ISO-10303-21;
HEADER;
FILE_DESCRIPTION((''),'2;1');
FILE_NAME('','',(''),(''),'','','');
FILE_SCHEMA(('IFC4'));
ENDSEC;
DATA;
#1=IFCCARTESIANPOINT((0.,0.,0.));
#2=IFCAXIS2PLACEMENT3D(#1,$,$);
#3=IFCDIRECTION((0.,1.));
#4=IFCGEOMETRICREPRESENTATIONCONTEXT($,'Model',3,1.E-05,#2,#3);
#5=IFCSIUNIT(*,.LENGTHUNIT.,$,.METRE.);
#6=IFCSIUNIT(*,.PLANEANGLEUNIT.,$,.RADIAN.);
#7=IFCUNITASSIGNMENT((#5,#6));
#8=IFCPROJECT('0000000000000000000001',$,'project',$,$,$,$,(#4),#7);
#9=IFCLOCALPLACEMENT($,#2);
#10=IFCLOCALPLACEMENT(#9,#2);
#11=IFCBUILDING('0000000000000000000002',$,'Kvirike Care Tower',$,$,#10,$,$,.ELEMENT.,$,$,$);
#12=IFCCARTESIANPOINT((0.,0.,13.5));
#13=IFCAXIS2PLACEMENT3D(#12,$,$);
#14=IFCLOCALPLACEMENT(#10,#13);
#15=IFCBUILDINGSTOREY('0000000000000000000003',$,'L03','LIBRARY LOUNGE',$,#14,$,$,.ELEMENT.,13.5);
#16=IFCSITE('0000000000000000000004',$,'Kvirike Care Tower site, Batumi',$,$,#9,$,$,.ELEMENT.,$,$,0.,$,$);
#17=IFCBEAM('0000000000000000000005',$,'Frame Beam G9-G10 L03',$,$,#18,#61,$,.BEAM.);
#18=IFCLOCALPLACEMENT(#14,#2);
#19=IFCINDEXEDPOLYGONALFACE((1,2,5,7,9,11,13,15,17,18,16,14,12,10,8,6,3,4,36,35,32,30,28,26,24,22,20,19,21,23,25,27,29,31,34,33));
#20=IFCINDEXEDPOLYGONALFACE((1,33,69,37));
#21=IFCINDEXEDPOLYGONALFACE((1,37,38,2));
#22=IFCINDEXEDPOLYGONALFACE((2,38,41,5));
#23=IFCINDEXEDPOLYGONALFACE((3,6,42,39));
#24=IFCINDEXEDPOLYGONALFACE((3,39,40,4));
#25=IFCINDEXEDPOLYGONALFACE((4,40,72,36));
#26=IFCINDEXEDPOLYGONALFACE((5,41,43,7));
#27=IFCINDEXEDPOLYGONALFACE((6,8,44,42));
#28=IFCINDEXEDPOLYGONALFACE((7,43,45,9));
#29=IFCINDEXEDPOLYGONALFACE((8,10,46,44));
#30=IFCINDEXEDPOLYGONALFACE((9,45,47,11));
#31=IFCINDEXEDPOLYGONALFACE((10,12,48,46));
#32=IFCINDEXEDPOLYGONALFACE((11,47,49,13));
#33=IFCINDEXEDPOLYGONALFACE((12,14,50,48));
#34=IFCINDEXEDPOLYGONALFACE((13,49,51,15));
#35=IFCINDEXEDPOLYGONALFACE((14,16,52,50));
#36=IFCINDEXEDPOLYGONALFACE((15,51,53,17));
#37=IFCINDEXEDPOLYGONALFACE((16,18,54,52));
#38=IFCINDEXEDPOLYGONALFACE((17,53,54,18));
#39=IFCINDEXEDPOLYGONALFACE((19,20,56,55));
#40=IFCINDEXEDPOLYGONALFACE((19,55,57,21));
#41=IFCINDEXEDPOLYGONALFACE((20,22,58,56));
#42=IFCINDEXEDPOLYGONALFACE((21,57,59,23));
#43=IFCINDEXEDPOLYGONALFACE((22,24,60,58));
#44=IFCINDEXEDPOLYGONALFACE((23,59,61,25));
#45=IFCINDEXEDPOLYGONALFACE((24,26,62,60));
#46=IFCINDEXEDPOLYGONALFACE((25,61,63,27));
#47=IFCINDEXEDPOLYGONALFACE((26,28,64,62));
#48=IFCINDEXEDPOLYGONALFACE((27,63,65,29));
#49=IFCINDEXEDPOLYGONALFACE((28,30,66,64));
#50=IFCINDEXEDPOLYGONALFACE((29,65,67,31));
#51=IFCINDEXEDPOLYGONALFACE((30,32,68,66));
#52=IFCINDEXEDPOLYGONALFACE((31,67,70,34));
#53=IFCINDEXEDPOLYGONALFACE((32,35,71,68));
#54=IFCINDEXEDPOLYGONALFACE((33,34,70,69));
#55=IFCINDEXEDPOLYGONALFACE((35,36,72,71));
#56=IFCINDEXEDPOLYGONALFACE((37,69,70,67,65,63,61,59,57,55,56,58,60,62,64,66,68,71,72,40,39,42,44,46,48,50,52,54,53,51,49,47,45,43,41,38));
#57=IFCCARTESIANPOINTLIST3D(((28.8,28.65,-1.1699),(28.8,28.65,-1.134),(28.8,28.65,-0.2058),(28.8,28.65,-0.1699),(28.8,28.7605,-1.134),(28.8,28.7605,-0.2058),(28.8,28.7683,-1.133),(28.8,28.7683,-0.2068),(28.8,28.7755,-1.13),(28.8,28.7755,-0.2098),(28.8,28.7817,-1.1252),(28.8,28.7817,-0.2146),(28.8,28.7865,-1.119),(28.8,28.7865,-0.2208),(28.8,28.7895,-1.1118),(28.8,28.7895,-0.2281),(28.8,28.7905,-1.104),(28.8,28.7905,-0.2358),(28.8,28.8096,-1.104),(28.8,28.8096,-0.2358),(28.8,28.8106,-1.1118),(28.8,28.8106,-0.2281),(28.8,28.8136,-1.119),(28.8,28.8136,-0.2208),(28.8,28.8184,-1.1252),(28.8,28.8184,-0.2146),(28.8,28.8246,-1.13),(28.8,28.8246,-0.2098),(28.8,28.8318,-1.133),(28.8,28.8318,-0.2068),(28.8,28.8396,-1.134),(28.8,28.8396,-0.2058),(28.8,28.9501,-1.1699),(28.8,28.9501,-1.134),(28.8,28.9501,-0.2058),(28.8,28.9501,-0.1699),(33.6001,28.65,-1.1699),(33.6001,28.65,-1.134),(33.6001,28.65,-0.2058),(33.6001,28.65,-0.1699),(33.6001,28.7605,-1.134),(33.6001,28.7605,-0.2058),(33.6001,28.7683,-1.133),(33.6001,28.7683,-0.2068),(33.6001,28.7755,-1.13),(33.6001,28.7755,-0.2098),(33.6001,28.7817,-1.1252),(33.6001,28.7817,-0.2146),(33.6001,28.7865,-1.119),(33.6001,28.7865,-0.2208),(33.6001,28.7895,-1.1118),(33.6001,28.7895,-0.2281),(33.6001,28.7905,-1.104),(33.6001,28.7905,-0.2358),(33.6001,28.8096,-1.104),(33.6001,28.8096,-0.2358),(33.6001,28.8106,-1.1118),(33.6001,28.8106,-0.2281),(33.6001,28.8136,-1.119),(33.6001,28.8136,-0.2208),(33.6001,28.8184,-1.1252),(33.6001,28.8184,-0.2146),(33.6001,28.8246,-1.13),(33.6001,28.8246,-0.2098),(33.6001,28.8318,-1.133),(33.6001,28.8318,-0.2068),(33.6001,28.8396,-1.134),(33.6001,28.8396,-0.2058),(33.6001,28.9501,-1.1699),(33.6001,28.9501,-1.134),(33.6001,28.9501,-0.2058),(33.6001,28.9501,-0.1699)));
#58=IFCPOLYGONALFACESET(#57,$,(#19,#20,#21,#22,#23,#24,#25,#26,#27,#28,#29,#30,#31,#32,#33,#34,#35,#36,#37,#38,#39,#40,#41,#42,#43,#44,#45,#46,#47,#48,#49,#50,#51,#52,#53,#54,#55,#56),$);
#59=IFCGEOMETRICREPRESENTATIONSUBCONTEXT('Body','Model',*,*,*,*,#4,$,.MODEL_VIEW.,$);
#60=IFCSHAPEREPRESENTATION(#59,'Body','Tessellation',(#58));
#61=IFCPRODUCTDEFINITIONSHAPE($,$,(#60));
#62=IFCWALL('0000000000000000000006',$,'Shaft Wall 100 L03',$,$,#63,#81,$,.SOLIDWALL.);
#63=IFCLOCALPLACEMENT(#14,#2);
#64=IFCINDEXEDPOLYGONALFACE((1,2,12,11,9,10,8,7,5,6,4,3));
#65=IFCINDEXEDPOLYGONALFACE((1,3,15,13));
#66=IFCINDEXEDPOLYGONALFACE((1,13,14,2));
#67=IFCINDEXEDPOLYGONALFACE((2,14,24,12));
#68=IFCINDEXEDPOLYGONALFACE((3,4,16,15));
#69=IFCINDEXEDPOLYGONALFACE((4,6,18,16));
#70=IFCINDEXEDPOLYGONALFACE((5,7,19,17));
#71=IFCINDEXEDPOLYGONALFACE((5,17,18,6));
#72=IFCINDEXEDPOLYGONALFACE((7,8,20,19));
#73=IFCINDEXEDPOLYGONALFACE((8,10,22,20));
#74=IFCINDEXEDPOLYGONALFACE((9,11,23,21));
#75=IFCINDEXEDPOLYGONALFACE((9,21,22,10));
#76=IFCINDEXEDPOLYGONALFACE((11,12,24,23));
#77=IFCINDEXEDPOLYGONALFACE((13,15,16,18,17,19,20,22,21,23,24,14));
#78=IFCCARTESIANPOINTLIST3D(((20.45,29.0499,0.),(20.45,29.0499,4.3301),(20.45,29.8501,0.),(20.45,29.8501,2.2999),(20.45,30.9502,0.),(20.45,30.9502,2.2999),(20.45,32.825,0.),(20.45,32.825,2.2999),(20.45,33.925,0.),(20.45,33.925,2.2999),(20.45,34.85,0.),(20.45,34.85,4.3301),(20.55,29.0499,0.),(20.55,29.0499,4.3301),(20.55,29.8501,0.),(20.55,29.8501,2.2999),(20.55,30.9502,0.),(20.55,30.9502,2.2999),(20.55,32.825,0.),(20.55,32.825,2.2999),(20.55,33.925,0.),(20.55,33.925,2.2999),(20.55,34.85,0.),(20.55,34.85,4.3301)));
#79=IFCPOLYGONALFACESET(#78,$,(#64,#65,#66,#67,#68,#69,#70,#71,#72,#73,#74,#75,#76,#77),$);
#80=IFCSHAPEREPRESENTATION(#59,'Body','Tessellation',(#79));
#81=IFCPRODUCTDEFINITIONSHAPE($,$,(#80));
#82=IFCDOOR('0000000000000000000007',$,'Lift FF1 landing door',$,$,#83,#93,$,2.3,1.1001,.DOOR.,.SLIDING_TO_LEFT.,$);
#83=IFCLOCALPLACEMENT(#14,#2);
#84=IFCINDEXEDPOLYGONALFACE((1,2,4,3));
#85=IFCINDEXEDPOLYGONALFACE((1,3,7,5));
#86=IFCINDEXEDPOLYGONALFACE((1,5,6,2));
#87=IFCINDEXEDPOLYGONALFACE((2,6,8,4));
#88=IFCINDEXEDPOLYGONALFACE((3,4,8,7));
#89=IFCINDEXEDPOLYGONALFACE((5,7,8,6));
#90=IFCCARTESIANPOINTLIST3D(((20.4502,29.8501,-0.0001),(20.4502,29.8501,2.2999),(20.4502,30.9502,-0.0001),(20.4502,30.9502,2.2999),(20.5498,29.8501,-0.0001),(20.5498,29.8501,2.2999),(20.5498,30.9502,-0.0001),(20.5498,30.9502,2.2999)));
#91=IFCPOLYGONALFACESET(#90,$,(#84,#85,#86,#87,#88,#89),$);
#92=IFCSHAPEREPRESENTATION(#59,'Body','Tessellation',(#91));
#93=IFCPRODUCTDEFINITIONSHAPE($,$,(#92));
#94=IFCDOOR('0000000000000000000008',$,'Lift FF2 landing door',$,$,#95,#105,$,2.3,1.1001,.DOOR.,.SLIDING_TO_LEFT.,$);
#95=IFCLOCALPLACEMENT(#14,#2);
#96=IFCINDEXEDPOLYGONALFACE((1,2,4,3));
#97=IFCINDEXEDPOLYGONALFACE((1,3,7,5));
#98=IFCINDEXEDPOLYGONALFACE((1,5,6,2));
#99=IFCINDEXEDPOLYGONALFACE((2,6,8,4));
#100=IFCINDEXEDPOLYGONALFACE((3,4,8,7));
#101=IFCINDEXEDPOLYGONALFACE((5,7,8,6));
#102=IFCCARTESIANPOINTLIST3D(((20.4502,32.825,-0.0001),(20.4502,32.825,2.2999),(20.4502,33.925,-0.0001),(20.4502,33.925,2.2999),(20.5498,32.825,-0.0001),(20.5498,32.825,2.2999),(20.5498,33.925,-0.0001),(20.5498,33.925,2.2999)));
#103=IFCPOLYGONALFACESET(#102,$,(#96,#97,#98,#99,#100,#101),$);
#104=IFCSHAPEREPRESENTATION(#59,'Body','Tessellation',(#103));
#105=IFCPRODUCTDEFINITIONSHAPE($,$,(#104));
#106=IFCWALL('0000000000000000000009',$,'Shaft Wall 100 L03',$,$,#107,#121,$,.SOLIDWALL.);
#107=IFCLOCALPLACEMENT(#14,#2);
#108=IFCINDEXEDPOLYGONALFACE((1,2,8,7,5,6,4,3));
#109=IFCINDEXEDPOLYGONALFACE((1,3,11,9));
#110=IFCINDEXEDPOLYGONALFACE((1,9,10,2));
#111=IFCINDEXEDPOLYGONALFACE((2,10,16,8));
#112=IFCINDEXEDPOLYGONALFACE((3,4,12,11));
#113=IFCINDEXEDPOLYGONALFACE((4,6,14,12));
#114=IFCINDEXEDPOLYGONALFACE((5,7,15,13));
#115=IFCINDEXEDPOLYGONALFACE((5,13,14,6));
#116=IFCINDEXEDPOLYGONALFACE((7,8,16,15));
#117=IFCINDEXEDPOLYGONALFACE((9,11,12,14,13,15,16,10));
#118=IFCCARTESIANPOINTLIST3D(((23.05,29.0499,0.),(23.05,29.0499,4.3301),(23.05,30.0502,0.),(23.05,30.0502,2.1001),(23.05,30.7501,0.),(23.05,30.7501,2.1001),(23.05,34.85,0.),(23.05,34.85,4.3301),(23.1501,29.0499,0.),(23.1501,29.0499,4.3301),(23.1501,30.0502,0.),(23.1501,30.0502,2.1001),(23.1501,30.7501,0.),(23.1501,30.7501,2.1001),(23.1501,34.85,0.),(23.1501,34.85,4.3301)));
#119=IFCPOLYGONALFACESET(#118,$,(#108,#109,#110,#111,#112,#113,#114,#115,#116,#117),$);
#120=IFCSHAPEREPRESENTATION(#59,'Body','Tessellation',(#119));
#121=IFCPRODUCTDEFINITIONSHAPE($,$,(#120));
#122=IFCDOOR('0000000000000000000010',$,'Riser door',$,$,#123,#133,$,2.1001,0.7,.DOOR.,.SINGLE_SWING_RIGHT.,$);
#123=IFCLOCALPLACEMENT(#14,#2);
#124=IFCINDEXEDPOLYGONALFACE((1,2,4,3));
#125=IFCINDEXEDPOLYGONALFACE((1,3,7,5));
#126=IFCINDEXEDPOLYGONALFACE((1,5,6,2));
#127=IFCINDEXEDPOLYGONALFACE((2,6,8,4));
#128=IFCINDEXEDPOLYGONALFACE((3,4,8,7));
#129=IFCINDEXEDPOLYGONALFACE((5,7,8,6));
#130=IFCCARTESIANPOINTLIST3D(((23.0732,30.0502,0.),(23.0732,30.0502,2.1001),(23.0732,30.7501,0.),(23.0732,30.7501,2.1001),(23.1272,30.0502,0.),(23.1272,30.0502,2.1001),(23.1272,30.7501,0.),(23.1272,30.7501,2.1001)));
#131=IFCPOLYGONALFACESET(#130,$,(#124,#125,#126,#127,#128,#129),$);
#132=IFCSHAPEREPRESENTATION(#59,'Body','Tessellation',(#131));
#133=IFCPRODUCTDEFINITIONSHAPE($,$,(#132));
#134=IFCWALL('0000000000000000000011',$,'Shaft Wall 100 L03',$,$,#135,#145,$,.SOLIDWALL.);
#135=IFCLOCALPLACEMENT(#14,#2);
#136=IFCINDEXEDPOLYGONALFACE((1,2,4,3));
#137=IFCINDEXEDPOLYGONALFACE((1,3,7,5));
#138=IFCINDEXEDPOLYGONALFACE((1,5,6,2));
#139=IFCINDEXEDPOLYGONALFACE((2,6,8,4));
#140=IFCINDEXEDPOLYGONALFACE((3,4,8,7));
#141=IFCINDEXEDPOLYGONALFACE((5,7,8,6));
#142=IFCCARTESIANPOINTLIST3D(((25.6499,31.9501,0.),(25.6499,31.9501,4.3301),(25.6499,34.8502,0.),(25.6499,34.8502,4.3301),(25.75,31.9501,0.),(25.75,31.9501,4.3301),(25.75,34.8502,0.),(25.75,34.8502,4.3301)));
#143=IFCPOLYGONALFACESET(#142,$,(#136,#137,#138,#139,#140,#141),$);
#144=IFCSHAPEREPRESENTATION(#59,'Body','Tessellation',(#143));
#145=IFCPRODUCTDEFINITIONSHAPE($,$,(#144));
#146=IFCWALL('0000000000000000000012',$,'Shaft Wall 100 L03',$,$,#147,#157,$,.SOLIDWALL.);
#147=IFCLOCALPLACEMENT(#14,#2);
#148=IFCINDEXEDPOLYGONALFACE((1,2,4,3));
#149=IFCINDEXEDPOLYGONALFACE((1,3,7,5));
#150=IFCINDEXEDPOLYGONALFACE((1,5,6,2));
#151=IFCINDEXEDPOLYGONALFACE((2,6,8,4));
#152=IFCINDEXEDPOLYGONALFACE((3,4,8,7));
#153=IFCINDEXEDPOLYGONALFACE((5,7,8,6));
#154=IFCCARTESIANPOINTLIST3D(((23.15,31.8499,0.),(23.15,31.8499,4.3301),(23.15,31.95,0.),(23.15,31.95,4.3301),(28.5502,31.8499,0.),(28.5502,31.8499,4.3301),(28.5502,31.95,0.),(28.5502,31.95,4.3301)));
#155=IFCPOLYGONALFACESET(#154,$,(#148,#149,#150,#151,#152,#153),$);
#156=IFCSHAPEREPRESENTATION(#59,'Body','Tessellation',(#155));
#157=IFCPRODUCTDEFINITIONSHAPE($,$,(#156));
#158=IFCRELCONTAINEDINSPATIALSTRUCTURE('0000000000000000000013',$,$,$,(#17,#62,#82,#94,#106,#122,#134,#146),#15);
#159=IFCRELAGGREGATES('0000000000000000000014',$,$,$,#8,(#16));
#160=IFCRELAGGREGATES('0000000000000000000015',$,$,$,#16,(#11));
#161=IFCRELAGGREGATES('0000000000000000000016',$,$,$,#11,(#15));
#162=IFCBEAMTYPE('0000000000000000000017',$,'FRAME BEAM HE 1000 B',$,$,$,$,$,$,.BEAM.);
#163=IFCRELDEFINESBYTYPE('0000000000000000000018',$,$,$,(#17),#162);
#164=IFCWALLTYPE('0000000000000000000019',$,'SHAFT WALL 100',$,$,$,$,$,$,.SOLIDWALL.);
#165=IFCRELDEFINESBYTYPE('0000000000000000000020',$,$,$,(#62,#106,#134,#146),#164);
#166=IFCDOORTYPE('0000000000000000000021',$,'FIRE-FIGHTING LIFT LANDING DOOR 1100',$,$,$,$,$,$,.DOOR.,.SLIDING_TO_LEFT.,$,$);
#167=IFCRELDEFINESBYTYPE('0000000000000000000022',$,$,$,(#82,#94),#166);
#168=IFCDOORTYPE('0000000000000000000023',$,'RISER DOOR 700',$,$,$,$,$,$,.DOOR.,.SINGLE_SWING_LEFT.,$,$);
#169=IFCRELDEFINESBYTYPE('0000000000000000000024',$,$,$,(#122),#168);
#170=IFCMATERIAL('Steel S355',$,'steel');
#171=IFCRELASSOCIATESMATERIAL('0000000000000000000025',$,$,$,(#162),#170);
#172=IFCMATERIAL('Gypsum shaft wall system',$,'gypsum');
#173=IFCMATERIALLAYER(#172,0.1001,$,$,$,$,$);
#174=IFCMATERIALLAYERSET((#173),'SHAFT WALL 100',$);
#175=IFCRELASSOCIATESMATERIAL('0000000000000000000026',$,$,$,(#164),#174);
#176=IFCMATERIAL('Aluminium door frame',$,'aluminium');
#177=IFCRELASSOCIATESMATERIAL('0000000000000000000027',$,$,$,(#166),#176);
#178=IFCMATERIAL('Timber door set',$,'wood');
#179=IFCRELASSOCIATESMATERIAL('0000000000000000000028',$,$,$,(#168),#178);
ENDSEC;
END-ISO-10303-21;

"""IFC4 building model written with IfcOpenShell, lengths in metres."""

from ifc_helpers import new_model, si_unit, direction, frame, frame_2d, origin, origin_2d, place, context, subcontext, project, spatial, rectangle, i_section, extrude, material, layer, layer_set, material_profile, profile_set, type_object, element, fill, save


model = new_model("IFC4")

# Units and contexts
model_context = context("Model", 3, precision=1e-05, world=origin(), true_north=direction((0.0, 1.0)))
body_context = subcontext(model_context, "Body", "Model", "MODEL_VIEW")
ifc_project = project(units=[si_unit("LENGTHUNIT", "METRE"), si_unit("PLANEANGLEUNIT", "RADIAN")], contexts=[model_context])

# Site, building, storey
site_placement = place(None, origin())
site = spatial("IfcSite", under=ifc_project, at=site_placement, Name="Kvirike Care Tower site, Batumi", CompositionType="ELEMENT", RefElevation=0.0)
building_placement = place(site_placement, origin())
building = spatial("IfcBuilding", under=site, at=building_placement, Name="Kvirike Care Tower", CompositionType="ELEMENT")
storey_placement = place(building_placement, frame((0.0, 0.0, 13.5)))
storey = spatial("IfcBuildingStorey", under=building, at=storey_placement, Name="L03", Description="LIBRARY LOUNGE", CompositionType="ELEMENT", Elevation=13.5)

# Beam
ifc_material_1 = material(Name="Steel S355", Category="steel")
ifc_material_profile = material_profile(ifc_material_1, i_section(OverallWidth=0.3, OverallDepth=1.0, WebThickness=0.019, FlangeThickness=0.0359, FilletRadius=0.03, at=origin_2d()), Name="HE 1000 B")
ifc_profile_set = profile_set([ifc_material_profile], Name="Steel S355")
beam_type = type_object("IfcBeamType", Name="FRAME BEAM HE 1000 B", PredefinedType="BEAM", material=ifc_profile_set)
beam_placement = place(storey_placement, frame((28.8, 28.8, -0.6699), z_axis=(1.0, 0.0, 0.0), x_axis=(0.0, 1.0, 0.0)))
element("IfcBeam", 1, at=beam_placement, inside=storey, type_object=beam_type, Name="Frame Beam G9-G10 L03", PredefinedType="BEAM", context=body_context, shape_type="SweptSolid", body=[
    extrude(i_section(OverallWidth=0.3, OverallDepth=1.0, WebThickness=0.019, FlangeThickness=0.0359, FilletRadius=0.03, at=origin_2d()), origin(), (0.0, 0.0, 1.0), 4.8),
])

# Wall, openings, doors
ifc_material_2 = material(Name="Gypsum shaft wall system", Category="gypsum")
ifc_layer_1 = layer(ifc_material_2, 0.1001)
ifc_layer_set_1 = layer_set([ifc_layer_1], Name="SHAFT WALL 100")
wall_type_1 = type_object("IfcWallType", Name="SHAFT WALL 100", PredefinedType="SOLIDWALL", material=ifc_layer_set_1)
wall_1_placement = place(storey_placement, frame((20.5, 29.05, 0.0), z_axis=(0.0, 0.0, 1.0), x_axis=(0.0, 1.0, 0.0)))
wall_1 = element("IfcWall", 2, at=wall_1_placement, inside=storey, type_object=wall_type_1, Name="Shaft Wall 100 L03", PredefinedType="SOLIDWALL", context=body_context, shape_type="SweptSolid", body=[
    extrude(rectangle(XDim=5.8, YDim=0.1001, at=frame_2d((2.8999, 0.0))), origin(), (0.0, 0.0, 1.0), 4.3301),
])
opening_1_placement = place(wall_1_placement, frame((0.8, 0.0, 0.0)))
opening_1 = element("IfcOpeningElement", 3, at=opening_1_placement, cuts=wall_1, PredefinedType="OPENING", context=body_context, shape_type="SweptSolid", body=[
    extrude(rectangle(XDim=1.1001, YDim=2.3, at=frame_2d((0.55, 1.1499))), frame((0.0, 0.0605, 0.0), z_axis=(0.0, -1.0, 0.0), x_axis=(1.0, 0.0, 0.0)), (0.0, 0.0, 1.0), 0.1211),
])
opening_2_placement = place(wall_1_placement, frame((3.7749, 0.0, 0.0)))
opening_2 = element("IfcOpeningElement", 4, at=opening_2_placement, cuts=wall_1, PredefinedType="OPENING", context=body_context, shape_type="SweptSolid", body=[
    extrude(rectangle(XDim=1.1001, YDim=2.3, at=frame_2d((0.55, 1.1499))), frame((0.0, 0.0605, 0.0), z_axis=(0.0, -1.0, 0.0), x_axis=(1.0, 0.0, 0.0)), (0.0, 0.0, 1.0), 0.1211),
])
ifc_material_3 = material(Name="Aluminium door frame", Category="aluminium")
door_type_1 = type_object("IfcDoorType", Name="FIRE-FIGHTING LIFT LANDING DOOR 1100", OperationType="SLIDING_TO_LEFT", PredefinedType="DOOR", material=ifc_material_3)
door_1_placement = place(opening_1_placement, origin())
door_1 = element("IfcDoor", 5, at=door_1_placement, inside=storey, type_object=door_type_1, Name="Lift FF1 landing door", OperationType="SLIDING_TO_LEFT", OverallHeight=2.3, OverallWidth=1.1001, PredefinedType="DOOR", context=body_context, shape_type="SweptSolid", body=[
    extrude(rectangle(XDim=1.1001, YDim=2.3, at=frame_2d((0.55, 1.1499))), frame((0.0, 0.0498, 0.0), z_axis=(0.0, -1.0, 0.0), x_axis=(1.0, 0.0, 0.0)), (0.0, 0.0, 1.0), 0.0996),
])
fill(opening_1, door_1)
door_2_placement = place(opening_2_placement, origin())
door_2 = element("IfcDoor", 6, at=door_2_placement, inside=storey, type_object=door_type_1, Name="Lift FF2 landing door", OperationType="SLIDING_TO_LEFT", OverallHeight=2.3, OverallWidth=1.1001, PredefinedType="DOOR", context=body_context, shape_type="SweptSolid", body=[
    extrude(rectangle(XDim=1.1001, YDim=2.3, at=frame_2d((0.55, 1.1499))), frame((0.0, 0.0498, 0.0), z_axis=(0.0, -1.0, 0.0), x_axis=(1.0, 0.0, 0.0)), (0.0, 0.0, 1.0), 0.0996),
])
fill(opening_2, door_2)

# Wall, opening, door
wall_2_placement = place(storey_placement, frame((23.1001, 29.05, 0.0), z_axis=(0.0, 0.0, 1.0), x_axis=(0.0, 1.0, 0.0)))
wall_2 = element("IfcWall", 7, at=wall_2_placement, inside=storey, type_object=wall_type_1, Name="Shaft Wall 100 L03", PredefinedType="SOLIDWALL", context=body_context, shape_type="SweptSolid", body=[
    extrude(rectangle(XDim=5.8, YDim=0.1001, at=frame_2d((2.8999, 0.0))), origin(), (0.0, 0.0, 1.0), 4.3301),
])
opening_3_placement = place(wall_2_placement, frame((1.0, 0.0, 0.0)))
opening_3 = element("IfcOpeningElement", 8, at=opening_3_placement, cuts=wall_2, PredefinedType="OPENING", context=body_context, shape_type="SweptSolid", body=[
    extrude(rectangle(XDim=0.7, YDim=2.1001, at=frame_2d((0.3501, 1.05))), frame((0.0, 0.0605, 0.0), z_axis=(0.0, -1.0, 0.0), x_axis=(1.0, 0.0, 0.0)), (0.0, 0.0, 1.0), 0.1211),
])
ifc_material_4 = material(Name="Timber door set", Category="wood")
door_type_2 = type_object("IfcDoorType", Name="RISER DOOR 700", OperationType="SINGLE_SWING_LEFT", PredefinedType="DOOR", material=ifc_material_4)
door_3_placement = place(opening_3_placement, origin())
door_3 = element("IfcDoor", 9, at=door_3_placement, inside=storey, type_object=door_type_2, Name="Riser door", OperationType="SINGLE_SWING_RIGHT", OverallHeight=2.1001, OverallWidth=0.7, PredefinedType="DOOR", context=body_context, shape_type="SweptSolid", body=[
    extrude(rectangle(XDim=0.7, YDim=2.1001, at=frame_2d((0.3501, 1.05))), frame((0.0, 0.0269, 0.0), z_axis=(0.0, -1.0, 0.0), x_axis=(1.0, 0.0, 0.0)), (0.0, 0.0, 1.0), 0.054),
])
fill(opening_3, door_3)

# Walls
wall_3_placement = place(storey_placement, frame((25.7, 31.95, 0.0), z_axis=(0.0, 0.0, 1.0), x_axis=(0.0, 1.0, 0.0)))
element("IfcWall", 10, at=wall_3_placement, inside=storey, type_object=wall_type_1, Name="Shaft Wall 100 L03", PredefinedType="SOLIDWALL", context=body_context, shape_type="SweptSolid", body=[
    extrude(rectangle(XDim=2.9001, YDim=0.1001, at=frame_2d((1.4502, 0.0))), origin(), (0.0, 0.0, 1.0), 4.3301),
])
wall_4_placement = place(storey_placement, frame((23.1499, 31.8999, 0.0), z_axis=(0.0, 0.0, 1.0), x_axis=(1.0, 0.0, 0.0)))
element("IfcWall", 11, at=wall_4_placement, inside=storey, type_object=wall_type_1, Name="Shaft Wall 100 L03", PredefinedType="SOLIDWALL", context=body_context, shape_type="SweptSolid", body=[
    extrude(rectangle(XDim=5.4001, YDim=0.1001, at=frame_2d((2.7002, 0.0))), origin(), (0.0, 0.0, 1.0), 4.3301),
])

save(model, "model.ifc")
